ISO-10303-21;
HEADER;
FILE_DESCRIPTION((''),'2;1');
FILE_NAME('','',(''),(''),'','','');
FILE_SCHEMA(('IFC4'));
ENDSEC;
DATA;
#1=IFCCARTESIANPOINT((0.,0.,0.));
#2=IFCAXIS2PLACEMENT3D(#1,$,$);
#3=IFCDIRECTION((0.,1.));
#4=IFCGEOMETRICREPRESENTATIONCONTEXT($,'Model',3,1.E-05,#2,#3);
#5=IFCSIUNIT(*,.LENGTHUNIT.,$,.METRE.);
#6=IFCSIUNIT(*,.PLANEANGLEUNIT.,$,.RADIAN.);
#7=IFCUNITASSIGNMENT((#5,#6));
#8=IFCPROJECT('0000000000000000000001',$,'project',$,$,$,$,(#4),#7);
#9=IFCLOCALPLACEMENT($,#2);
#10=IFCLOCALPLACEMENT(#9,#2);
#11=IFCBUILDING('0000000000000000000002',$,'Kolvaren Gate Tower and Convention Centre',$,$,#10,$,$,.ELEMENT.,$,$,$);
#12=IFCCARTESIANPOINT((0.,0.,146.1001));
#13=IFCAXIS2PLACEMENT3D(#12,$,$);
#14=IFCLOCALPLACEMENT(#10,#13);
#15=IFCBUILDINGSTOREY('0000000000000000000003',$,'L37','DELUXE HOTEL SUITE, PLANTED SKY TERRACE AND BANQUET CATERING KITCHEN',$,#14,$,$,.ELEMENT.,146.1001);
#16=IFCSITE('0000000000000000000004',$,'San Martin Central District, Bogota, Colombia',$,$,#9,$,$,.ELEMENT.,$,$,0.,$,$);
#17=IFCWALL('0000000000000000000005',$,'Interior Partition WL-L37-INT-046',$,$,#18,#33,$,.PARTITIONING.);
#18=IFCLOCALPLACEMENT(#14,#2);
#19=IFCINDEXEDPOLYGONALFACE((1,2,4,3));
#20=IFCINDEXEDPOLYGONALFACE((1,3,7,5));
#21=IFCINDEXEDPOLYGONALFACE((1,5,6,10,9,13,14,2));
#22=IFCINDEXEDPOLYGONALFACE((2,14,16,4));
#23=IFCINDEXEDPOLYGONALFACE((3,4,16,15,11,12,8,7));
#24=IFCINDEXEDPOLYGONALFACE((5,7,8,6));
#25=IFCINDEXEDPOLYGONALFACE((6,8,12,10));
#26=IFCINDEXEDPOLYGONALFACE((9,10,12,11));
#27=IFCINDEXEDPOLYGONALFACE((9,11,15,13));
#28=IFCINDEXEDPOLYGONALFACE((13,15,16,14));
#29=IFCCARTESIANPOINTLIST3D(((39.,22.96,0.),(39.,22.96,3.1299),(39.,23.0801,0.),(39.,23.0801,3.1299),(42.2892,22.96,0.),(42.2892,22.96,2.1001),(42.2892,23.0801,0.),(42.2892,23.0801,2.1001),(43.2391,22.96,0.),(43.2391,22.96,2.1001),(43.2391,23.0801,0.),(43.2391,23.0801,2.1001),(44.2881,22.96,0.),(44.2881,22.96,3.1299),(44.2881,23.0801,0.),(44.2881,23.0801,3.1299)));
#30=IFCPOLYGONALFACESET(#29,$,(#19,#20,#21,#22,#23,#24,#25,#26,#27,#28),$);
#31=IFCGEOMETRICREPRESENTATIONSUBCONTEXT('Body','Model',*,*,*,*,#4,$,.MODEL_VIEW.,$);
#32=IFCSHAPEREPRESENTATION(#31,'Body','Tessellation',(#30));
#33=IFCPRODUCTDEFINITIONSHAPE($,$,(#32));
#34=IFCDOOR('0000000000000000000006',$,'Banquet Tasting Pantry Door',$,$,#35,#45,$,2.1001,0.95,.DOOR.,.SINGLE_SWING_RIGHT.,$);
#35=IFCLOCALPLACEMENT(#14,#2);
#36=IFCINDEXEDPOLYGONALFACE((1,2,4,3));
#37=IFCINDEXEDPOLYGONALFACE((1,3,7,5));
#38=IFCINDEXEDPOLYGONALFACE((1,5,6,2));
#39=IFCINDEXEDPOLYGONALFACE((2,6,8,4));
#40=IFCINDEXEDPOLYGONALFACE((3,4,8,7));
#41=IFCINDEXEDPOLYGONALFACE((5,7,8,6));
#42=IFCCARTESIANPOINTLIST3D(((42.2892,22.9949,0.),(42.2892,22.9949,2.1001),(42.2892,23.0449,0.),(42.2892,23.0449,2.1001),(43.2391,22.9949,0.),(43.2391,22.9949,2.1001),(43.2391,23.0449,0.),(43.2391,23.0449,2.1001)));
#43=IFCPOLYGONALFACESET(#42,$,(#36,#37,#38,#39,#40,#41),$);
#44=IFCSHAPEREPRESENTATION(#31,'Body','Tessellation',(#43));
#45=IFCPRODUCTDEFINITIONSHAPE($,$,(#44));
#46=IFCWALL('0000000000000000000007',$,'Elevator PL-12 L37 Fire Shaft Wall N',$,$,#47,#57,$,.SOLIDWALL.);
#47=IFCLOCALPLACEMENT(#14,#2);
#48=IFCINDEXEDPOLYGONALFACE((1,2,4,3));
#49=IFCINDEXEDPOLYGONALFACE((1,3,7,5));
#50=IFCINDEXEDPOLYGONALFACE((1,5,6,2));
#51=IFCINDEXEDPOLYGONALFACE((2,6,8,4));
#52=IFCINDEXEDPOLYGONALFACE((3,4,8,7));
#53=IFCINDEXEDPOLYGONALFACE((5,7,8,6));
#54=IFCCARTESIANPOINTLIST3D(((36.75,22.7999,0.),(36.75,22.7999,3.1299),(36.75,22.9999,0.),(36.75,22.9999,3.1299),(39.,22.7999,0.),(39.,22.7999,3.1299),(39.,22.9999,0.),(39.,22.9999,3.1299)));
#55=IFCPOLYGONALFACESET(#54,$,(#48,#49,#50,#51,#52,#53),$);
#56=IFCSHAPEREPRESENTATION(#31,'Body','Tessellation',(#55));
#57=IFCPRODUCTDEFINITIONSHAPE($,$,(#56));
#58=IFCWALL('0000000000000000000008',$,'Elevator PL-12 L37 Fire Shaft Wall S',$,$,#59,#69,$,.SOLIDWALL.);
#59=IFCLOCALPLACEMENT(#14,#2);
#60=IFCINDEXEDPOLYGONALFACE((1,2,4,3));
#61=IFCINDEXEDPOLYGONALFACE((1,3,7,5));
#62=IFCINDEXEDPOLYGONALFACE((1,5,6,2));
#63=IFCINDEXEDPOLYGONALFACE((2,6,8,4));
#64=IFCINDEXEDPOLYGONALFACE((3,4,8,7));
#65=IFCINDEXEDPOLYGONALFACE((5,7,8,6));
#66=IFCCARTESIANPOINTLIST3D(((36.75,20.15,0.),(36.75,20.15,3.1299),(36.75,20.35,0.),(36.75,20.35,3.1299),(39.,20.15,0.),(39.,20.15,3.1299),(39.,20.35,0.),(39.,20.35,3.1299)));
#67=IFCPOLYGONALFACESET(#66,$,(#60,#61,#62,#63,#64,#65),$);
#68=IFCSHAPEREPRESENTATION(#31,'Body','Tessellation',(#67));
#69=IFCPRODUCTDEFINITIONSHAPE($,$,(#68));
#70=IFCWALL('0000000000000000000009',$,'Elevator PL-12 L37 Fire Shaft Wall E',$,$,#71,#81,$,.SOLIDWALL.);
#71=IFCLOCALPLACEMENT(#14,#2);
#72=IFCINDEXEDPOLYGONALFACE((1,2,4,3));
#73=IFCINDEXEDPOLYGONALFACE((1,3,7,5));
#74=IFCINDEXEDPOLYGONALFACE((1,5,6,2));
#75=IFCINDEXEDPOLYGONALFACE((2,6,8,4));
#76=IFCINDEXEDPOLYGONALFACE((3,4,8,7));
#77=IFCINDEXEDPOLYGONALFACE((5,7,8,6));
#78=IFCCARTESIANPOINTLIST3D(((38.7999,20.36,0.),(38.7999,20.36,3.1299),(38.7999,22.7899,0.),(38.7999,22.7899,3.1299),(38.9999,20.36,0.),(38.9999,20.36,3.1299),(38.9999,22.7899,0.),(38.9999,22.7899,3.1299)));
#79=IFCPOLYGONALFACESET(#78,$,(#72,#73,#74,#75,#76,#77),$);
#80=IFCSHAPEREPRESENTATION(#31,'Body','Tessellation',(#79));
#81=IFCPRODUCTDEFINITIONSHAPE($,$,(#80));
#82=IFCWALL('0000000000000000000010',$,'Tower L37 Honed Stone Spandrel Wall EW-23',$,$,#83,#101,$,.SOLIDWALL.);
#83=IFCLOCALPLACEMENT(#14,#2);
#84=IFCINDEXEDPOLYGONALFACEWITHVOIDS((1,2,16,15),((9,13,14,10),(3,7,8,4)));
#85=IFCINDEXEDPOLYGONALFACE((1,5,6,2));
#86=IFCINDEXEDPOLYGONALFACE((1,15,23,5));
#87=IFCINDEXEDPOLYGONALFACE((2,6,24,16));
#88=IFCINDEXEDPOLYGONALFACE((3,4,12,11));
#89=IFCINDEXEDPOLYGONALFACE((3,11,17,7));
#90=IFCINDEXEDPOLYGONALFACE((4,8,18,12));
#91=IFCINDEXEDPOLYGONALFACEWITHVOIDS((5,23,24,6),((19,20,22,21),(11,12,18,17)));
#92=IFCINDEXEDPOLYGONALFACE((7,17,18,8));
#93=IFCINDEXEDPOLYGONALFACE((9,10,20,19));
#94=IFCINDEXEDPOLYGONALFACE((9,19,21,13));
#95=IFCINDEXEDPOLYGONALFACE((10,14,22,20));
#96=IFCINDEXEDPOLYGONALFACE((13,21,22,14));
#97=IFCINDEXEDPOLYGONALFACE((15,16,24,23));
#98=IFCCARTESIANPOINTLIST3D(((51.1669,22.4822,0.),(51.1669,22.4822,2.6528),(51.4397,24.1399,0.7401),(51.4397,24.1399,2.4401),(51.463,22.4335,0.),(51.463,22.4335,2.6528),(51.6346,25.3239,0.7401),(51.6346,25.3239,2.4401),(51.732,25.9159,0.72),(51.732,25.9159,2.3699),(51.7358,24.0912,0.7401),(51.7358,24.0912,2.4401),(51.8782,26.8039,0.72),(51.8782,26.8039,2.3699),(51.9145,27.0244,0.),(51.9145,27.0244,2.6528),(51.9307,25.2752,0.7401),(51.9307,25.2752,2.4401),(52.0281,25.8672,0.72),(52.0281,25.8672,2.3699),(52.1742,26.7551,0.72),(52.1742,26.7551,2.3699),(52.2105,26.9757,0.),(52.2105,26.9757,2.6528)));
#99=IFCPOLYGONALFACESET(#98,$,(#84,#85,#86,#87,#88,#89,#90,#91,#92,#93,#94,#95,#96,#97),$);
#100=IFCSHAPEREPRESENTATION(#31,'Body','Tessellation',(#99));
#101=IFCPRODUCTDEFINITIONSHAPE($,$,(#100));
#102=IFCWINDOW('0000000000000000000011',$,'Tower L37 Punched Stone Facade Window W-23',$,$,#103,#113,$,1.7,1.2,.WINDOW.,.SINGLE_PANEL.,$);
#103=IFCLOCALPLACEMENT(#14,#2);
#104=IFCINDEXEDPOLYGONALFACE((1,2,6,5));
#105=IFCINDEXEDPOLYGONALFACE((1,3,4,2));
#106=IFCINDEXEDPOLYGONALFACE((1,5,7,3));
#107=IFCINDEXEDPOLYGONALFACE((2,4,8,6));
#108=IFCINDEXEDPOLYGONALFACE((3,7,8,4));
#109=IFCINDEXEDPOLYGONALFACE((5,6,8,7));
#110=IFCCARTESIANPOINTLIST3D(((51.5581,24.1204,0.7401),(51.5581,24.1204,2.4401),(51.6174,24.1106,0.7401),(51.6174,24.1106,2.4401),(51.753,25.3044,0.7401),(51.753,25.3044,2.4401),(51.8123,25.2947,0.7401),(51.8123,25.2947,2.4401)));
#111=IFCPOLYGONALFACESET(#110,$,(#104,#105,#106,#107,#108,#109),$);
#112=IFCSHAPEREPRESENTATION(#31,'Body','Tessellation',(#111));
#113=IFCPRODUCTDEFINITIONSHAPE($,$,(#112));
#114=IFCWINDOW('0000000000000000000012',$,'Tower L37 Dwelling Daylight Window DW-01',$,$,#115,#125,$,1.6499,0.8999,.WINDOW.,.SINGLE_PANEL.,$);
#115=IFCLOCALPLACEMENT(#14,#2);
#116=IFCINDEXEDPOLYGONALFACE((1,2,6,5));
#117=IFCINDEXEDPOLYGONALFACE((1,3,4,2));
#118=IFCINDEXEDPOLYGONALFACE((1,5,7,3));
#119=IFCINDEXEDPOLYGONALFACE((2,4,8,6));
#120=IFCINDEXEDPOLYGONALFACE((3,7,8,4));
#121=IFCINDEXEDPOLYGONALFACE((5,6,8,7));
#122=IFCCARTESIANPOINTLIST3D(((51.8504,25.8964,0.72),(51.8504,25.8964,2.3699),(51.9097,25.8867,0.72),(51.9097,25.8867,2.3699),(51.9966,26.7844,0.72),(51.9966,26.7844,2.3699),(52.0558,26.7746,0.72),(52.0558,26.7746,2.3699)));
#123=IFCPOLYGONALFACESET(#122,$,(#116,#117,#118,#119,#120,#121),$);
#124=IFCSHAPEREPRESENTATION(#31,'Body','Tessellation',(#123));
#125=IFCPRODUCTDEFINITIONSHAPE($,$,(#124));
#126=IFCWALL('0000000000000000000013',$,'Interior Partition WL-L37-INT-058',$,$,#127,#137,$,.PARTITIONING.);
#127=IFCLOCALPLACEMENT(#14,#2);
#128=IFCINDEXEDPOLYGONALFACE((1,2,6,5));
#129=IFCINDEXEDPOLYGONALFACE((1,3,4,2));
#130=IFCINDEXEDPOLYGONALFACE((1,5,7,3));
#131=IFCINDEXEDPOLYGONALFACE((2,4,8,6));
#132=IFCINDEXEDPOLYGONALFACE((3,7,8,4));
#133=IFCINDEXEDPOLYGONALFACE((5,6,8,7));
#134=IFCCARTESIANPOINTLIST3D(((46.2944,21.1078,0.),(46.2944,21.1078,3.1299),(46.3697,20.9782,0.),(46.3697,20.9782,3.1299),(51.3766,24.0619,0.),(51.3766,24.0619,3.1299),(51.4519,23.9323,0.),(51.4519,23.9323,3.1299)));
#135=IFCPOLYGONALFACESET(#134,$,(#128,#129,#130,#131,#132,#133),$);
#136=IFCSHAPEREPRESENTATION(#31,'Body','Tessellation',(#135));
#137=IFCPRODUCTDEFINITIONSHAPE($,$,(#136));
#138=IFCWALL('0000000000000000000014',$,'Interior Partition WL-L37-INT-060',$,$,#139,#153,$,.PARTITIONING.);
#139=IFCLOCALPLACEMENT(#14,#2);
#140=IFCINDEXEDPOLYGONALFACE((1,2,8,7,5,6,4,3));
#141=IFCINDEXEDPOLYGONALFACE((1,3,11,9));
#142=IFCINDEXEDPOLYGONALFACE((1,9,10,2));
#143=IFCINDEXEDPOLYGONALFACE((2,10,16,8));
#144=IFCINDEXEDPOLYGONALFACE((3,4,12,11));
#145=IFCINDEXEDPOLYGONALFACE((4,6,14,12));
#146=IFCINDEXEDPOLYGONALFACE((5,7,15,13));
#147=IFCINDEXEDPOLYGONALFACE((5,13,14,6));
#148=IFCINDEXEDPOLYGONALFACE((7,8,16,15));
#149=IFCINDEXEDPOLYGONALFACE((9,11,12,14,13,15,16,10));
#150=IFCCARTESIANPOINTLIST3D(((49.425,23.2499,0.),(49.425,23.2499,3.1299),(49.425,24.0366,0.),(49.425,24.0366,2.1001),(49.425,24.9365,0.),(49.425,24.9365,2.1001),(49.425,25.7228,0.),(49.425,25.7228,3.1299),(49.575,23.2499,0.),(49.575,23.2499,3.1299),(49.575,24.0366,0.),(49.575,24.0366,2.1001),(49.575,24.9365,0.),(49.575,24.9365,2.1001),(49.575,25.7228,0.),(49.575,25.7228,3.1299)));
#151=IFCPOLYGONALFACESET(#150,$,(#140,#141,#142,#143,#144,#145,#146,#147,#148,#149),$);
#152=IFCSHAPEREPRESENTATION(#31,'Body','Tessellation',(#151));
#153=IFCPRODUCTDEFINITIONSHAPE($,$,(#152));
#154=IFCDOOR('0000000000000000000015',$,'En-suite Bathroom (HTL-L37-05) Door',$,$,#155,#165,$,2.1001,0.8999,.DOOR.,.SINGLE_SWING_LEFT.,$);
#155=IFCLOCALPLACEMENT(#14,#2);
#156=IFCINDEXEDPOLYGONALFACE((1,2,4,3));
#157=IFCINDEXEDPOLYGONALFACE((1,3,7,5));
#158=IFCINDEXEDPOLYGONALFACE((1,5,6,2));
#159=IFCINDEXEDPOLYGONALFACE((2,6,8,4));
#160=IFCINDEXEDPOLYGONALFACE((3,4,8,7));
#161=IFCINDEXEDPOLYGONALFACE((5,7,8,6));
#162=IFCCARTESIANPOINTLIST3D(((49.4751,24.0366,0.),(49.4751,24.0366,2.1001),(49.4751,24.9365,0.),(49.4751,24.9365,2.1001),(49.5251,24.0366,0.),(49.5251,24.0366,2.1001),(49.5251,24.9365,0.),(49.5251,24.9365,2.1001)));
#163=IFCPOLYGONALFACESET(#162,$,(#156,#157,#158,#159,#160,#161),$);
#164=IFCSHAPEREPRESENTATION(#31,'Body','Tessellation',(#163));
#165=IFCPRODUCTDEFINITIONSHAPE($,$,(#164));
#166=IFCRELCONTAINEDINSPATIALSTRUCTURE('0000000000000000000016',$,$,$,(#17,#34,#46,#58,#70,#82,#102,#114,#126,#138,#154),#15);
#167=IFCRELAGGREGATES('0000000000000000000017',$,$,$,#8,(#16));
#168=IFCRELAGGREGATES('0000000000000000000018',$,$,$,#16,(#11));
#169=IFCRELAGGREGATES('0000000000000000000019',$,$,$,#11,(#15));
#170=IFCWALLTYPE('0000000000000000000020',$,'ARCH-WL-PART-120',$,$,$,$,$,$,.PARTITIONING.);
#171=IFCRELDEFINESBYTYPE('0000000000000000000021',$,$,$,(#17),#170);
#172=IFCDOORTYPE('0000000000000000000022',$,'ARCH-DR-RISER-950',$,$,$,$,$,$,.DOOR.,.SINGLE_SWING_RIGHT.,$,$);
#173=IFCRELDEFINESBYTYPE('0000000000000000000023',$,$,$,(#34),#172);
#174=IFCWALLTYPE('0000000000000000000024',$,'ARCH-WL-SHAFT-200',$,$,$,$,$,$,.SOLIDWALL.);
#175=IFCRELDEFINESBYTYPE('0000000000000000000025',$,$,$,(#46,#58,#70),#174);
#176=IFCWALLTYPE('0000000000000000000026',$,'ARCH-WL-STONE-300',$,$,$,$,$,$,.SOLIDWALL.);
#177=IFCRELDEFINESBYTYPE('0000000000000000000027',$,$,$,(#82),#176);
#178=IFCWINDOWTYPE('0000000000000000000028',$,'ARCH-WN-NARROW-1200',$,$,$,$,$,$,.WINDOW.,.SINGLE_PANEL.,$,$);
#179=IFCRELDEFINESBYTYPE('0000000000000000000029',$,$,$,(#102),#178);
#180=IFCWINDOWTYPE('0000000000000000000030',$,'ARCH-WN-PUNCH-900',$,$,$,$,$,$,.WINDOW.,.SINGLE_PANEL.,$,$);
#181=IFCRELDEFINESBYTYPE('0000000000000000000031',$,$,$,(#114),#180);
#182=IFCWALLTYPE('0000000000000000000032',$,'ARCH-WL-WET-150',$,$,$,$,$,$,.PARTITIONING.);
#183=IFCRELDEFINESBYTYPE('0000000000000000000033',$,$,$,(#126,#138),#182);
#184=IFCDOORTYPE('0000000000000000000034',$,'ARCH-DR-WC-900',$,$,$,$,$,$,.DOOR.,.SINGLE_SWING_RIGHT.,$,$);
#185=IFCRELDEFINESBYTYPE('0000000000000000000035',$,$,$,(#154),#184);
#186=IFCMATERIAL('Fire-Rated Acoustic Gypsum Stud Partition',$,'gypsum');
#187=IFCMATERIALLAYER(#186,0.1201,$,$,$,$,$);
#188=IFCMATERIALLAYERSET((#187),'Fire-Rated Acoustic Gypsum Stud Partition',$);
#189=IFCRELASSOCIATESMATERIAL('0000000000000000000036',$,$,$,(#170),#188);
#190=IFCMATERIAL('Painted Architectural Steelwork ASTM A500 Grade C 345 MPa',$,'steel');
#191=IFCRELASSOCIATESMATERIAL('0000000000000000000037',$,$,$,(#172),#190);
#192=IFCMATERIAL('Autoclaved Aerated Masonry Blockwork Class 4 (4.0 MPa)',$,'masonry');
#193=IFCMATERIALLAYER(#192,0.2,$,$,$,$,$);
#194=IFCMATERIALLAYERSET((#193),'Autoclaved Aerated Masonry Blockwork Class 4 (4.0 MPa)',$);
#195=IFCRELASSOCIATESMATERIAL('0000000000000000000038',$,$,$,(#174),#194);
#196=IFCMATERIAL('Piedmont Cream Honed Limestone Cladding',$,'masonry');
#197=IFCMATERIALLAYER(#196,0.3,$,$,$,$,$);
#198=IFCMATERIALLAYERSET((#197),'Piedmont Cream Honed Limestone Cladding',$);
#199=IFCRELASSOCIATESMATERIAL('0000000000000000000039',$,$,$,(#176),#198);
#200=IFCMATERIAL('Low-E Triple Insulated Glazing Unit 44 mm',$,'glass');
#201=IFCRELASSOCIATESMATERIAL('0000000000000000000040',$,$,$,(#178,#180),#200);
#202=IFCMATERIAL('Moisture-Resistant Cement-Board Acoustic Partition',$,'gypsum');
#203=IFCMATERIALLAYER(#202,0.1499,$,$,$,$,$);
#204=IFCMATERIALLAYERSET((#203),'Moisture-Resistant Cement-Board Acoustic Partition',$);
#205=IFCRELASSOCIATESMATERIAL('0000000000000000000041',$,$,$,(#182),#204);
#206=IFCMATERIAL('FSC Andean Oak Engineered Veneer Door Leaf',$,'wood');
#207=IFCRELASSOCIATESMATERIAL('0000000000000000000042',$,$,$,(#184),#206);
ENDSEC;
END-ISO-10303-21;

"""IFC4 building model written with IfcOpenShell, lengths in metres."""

from ifc_helpers import new_model, si_unit, direction, frame, frame_2d, origin, place, context, subcontext, project, spatial, rectangle, extrude, material, layer, layer_set, type_object, element, fill, save


model = new_model("IFC4")

# Units and contexts
model_context = context("Model", 3, precision=1e-05, world=origin(), true_north=direction((0.0, 1.0)))
body_context = subcontext(model_context, "Body", "Model", "MODEL_VIEW")
ifc_project = project(units=[si_unit("LENGTHUNIT", "METRE"), si_unit("PLANEANGLEUNIT", "RADIAN")], contexts=[model_context])

# Site, building, storey
site_placement = place(None, origin())
site = spatial("IfcSite", under=ifc_project, at=site_placement, Name="San Martin Central District, Bogota, Colombia", CompositionType="ELEMENT", RefElevation=0.0)
building_placement = place(site_placement, origin())
building = spatial("IfcBuilding", under=site, at=building_placement, Name="Kolvaren Gate Tower and Convention Centre", CompositionType="ELEMENT")
storey_placement = place(building_placement, frame((0.0, 0.0, 146.1001)))
storey = spatial("IfcBuildingStorey", under=building, at=storey_placement, Name="L37", Description="DELUXE HOTEL SUITE, PLANTED SKY TERRACE AND BANQUET CATERING KITCHEN", CompositionType="ELEMENT", Elevation=146.1001)

# Shared definitions
ifc_material_1 = material(Name="Fire-Rated Acoustic Gypsum Stud Partition", Category="gypsum")
ifc_layer_1 = layer(ifc_material_1, 0.1201)
ifc_layer_set_1 = layer_set([ifc_layer_1], Name="Fire-Rated Acoustic Gypsum Stud Partition")
wall_type_1 = type_object("IfcWallType", Name="ARCH-WL-PART-120", PredefinedType="PARTITIONING", material=ifc_layer_set_1)

# Shared definitions
ifc_material_2 = material(Name="Painted Architectural Steelwork ASTM A500 Grade C 345 MPa", Category="steel")
door_type_1 = type_object("IfcDoorType", Name="ARCH-DR-RISER-950", OperationType="SINGLE_SWING_RIGHT", PredefinedType="DOOR", material=ifc_material_2)

# Wall, opening, door
wall_1_placement = place(storey_placement, frame((39.0, 23.02, 0.0), z_axis=(0.0, 0.0, 1.0), x_axis=(1.0, 0.0, 0.0)))
wall_1 = element("IfcWall", 1, at=wall_1_placement, inside=storey, type_object=wall_type_1, Name="Interior Partition WL-L37-INT-046", PredefinedType="PARTITIONING", context=body_context, shape_type="SweptSolid", body=[
    extrude(rectangle(XDim=5.2881, YDim=0.1201, at=frame_2d((2.644, 0.0))), origin(), (0.0, 0.0, 1.0), 3.1299),
])
opening_1_placement = place(wall_1_placement, frame((3.2891, 0.0, 0.0)))
opening_1 = element("IfcOpeningElement", 2, at=opening_1_placement, cuts=wall_1, PredefinedType="OPENING", context=body_context, shape_type="SweptSolid", body=[
    extrude(rectangle(XDim=0.95, YDim=2.1001, at=frame_2d((0.4751, 1.05))), frame((0.0, 0.0701, 0.0), z_axis=(0.0, -1.0, 0.0), x_axis=(1.0, 0.0, 0.0)), (0.0, 0.0, 1.0), 0.1401),
])
door_1_placement = place(opening_1_placement, origin())
door_1 = element("IfcDoor", 3, at=door_1_placement, inside=storey, type_object=door_type_1, Name="Banquet Tasting Pantry Door", OperationType="SINGLE_SWING_RIGHT", OverallHeight=2.1001, OverallWidth=0.95, PredefinedType="DOOR", context=body_context, shape_type="SweptSolid", body=[
    extrude(rectangle(XDim=0.95, YDim=2.1001, at=frame_2d((0.4751, 1.05))), frame((0.0, 0.0249, 0.0), z_axis=(0.0, -1.0, 0.0), x_axis=(1.0, 0.0, 0.0)), (0.0, 0.0, 1.0), 0.05),
])
fill(opening_1, door_1)

# Walls
ifc_material_3 = material(Name="Autoclaved Aerated Masonry Blockwork Class 4 (4.0 MPa)", Category="masonry")
ifc_layer_2 = layer(ifc_material_3, 0.2)
ifc_layer_set_2 = layer_set([ifc_layer_2], Name="Autoclaved Aerated Masonry Blockwork Class 4 (4.0 MPa)")
wall_type_2 = type_object("IfcWallType", Name="ARCH-WL-SHAFT-200", PredefinedType="SOLIDWALL", material=ifc_layer_set_2)
for number, where, z_axis, x_axis, name in (
    (4, (36.75, 22.8999, 0.0), (0.0, 0.0, 1.0), (1.0, 0.0, 0.0), "Elevator PL-12 L37 Fire Shaft Wall N"),
    (5, (36.75, 20.25, 0.0), (0.0, 0.0, 1.0), (1.0, 0.0, 0.0), "Elevator PL-12 L37 Fire Shaft Wall S"),
):
    element("IfcWall", number, at=place(storey_placement, frame(where, z_axis=z_axis, x_axis=x_axis)), inside=storey, type_object=wall_type_2, Name=name, PredefinedType="SOLIDWALL", context=body_context, shape_type="SweptSolid", body=[
        extrude(rectangle(XDim=2.25, YDim=0.2, at=frame_2d((1.125, 0.0))), origin(), (0.0, 0.0, 1.0), 3.1299),
    ])
wall_2_placement = place(storey_placement, frame((38.8999, 20.3601, 0.0), z_axis=(0.0, 0.0, 1.0), x_axis=(0.0, 1.0, 0.0)))
element("IfcWall", 6, at=wall_2_placement, inside=storey, type_object=wall_type_2, Name="Elevator PL-12 L37 Fire Shaft Wall E", PredefinedType="SOLIDWALL", context=body_context, shape_type="SweptSolid", body=[
    extrude(rectangle(XDim=2.4299, YDim=0.2, at=frame_2d((1.2148, 0.0))), origin(), (0.0, 0.0, 1.0), 3.1299),
])

# Wall, openings, windows
ifc_material_4 = material(Name="Piedmont Cream Honed Limestone Cladding", Category="masonry")
ifc_layer_3 = layer(ifc_material_4, 0.3)
ifc_layer_set_3 = layer_set([ifc_layer_3], Name="Piedmont Cream Honed Limestone Cladding")
wall_type_3 = type_object("IfcWallType", Name="ARCH-WL-STONE-300", PredefinedType="SOLIDWALL", material=ifc_layer_set_3)
wall_3_placement = place(storey_placement, frame((51.3149, 22.4578, 0.0), z_axis=(0.0, 0.0, 1.0), x_axis=(0.162395, 0.986726, 0.0)))
wall_3 = element("IfcWall", 7, at=wall_3_placement, inside=storey, type_object=wall_type_3, Name="Tower L37 Honed Stone Spandrel Wall EW-23", PredefinedType="SOLIDWALL", context=body_context, shape_type="SweptSolid", body=[
    extrude(rectangle(XDim=4.6033, YDim=0.3, at=frame_2d((2.3018, 0.0))), origin(), (0.0, 0.0, 1.0), 2.6528),
])
opening_2_placement = place(wall_3_placement, frame((1.6799, 0.0, 0.74)))
opening_2 = element("IfcOpeningElement", 8, at=opening_2_placement, cuts=wall_3, PredefinedType="OPENING", context=body_context, shape_type="SweptSolid", body=[
    extrude(rectangle(XDim=1.2, YDim=1.7, at=frame_2d((0.6001, 0.8501))), frame((0.0, 0.1599, 0.0), z_axis=(0.0, -1.0, 0.0), x_axis=(1.0, 0.0, 0.0)), (0.0, 0.0, 1.0), 0.3201),
])
opening_3_placement = place(wall_3_placement, frame((3.48, 0.0, 0.72)))
opening_3 = element("IfcOpeningElement", 9, at=opening_3_placement, cuts=wall_3, PredefinedType="OPENING", context=body_context, shape_type="SweptSolid", body=[
    extrude(rectangle(XDim=0.8999, YDim=1.6499, at=frame_2d((0.45, 0.825))), frame((0.0, 0.1599, 0.0), z_axis=(0.0, -1.0, 0.0), x_axis=(1.0, 0.0, 0.0)), (0.0, 0.0, 1.0), 0.3201),
])
ifc_material_5 = material(Name="Low-E Triple Insulated Glazing Unit 44 mm", Category="glass")
window_type_1 = type_object("IfcWindowType", Name="ARCH-WN-NARROW-1200", PartitioningType="SINGLE_PANEL", PredefinedType="WINDOW", material=ifc_material_5)
window_1_placement = place(opening_2_placement, origin())
window_1 = element("IfcWindow", 10, at=window_1_placement, inside=storey, type_object=window_type_1, Name="Tower L37 Punched Stone Facade Window W-23", OverallHeight=1.7, OverallWidth=1.2, PartitioningType="SINGLE_PANEL", PredefinedType="WINDOW", context=body_context, shape_type="SweptSolid", body=[
    extrude(rectangle(XDim=1.2, YDim=1.7, at=frame_2d((0.6001, 0.8501))), frame((0.0, 0.03, 0.0), z_axis=(0.0, -1.0, 0.0), x_axis=(1.0, 0.0, 0.0)), (0.0, 0.0, 1.0), 0.0601),
])
fill(opening_2, window_1)
window_type_2 = type_object("IfcWindowType", Name="ARCH-WN-PUNCH-900", PartitioningType="SINGLE_PANEL", PredefinedType="WINDOW", material=ifc_material_5)
window_2_placement = place(opening_3_placement, origin())
window_2 = element("IfcWindow", 11, at=window_2_placement, inside=storey, type_object=window_type_2, Name="Tower L37 Dwelling Daylight Window DW-01", OverallHeight=1.6499, OverallWidth=0.8999, PartitioningType="SINGLE_PANEL", PredefinedType="WINDOW", context=body_context, shape_type="SweptSolid", body=[
    extrude(rectangle(XDim=0.8999, YDim=1.6499, at=frame_2d((0.45, 0.825))), frame((0.0, 0.03, 0.0), z_axis=(0.0, -1.0, 0.0), x_axis=(1.0, 0.0, 0.0)), (0.0, 0.0, 1.0), 0.0601),
])
fill(opening_3, window_2)

# Wall
ifc_material_6 = material(Name="Moisture-Resistant Cement-Board Acoustic Partition", Category="gypsum")
ifc_layer_4 = layer(ifc_material_6, 0.1499)
ifc_layer_set_4 = layer_set([ifc_layer_4], Name="Moisture-Resistant Cement-Board Acoustic Partition")
wall_type_4 = type_object("IfcWallType", Name="ARCH-WL-WET-150", PredefinedType="PARTITIONING", material=ifc_layer_set_4)
wall_4_placement = place(storey_placement, frame((46.332, 21.043, 0.0), z_axis=(0.0, 0.0, 1.0), x_axis=(0.86456, 0.50253, 0.0)))
element("IfcWall", 12, at=wall_4_placement, inside=storey, type_object=wall_type_4, Name="Interior Partition WL-L37-INT-058", PredefinedType="PARTITIONING", context=body_context, shape_type="SweptSolid", body=[
    extrude(rectangle(XDim=5.8784, YDim=0.1499, at=frame_2d((2.9392, 0.0))), origin(), (0.0, 0.0, 1.0), 3.1299),
])

# Wall, opening, door
wall_5_placement = place(storey_placement, frame((49.5, 23.25, 0.0), z_axis=(0.0, 0.0, 1.0), x_axis=(0.0, 1.0, 0.0)))
wall_5 = element("IfcWall", 13, at=wall_5_placement, inside=storey, type_object=wall_type_4, Name="Interior Partition WL-L37-INT-060", PredefinedType="PARTITIONING", context=body_context, shape_type="SweptSolid", body=[
    extrude(rectangle(XDim=2.4729, YDim=0.1499, at=frame_2d((1.2363, 0.0))), origin(), (0.0, 0.0, 1.0), 3.1299),
])
opening_4_placement = place(wall_5_placement, frame((0.7866, 0.0, 0.0)))
opening_4 = element("IfcOpeningElement", 14, at=opening_4_placement, cuts=wall_5, PredefinedType="OPENING", context=body_context, shape_type="SweptSolid", body=[
    extrude(rectangle(XDim=0.8999, YDim=2.1001, at=frame_2d((0.45, 1.05))), frame((0.0, 0.085, 0.0), z_axis=(0.0, -1.0, 0.0), x_axis=(1.0, 0.0, 0.0)), (0.0, 0.0, 1.0), 0.1699),
])
ifc_material_7 = material(Name="FSC Andean Oak Engineered Veneer Door Leaf", Category="wood")
door_type_2 = type_object("IfcDoorType", Name="ARCH-DR-WC-900", OperationType="SINGLE_SWING_RIGHT", PredefinedType="DOOR", material=ifc_material_7)
door_2_placement = place(opening_4_placement, origin())
door_2 = element("IfcDoor", 15, at=door_2_placement, inside=storey, type_object=door_type_2, Name="En-suite Bathroom (HTL-L37-05) Door", OperationType="SINGLE_SWING_LEFT", OverallHeight=2.1001, OverallWidth=0.8999, PredefinedType="DOOR", context=body_context, shape_type="SweptSolid", body=[
    extrude(rectangle(XDim=0.8999, YDim=2.1001, at=frame_2d((0.45, 1.05))), frame((0.0, 0.0249, 0.0), z_axis=(0.0, -1.0, 0.0), x_axis=(1.0, 0.0, 0.0)), (0.0, 0.0, 1.0), 0.05),
])
fill(opening_4, door_2)

save(model, "model.ifc")
